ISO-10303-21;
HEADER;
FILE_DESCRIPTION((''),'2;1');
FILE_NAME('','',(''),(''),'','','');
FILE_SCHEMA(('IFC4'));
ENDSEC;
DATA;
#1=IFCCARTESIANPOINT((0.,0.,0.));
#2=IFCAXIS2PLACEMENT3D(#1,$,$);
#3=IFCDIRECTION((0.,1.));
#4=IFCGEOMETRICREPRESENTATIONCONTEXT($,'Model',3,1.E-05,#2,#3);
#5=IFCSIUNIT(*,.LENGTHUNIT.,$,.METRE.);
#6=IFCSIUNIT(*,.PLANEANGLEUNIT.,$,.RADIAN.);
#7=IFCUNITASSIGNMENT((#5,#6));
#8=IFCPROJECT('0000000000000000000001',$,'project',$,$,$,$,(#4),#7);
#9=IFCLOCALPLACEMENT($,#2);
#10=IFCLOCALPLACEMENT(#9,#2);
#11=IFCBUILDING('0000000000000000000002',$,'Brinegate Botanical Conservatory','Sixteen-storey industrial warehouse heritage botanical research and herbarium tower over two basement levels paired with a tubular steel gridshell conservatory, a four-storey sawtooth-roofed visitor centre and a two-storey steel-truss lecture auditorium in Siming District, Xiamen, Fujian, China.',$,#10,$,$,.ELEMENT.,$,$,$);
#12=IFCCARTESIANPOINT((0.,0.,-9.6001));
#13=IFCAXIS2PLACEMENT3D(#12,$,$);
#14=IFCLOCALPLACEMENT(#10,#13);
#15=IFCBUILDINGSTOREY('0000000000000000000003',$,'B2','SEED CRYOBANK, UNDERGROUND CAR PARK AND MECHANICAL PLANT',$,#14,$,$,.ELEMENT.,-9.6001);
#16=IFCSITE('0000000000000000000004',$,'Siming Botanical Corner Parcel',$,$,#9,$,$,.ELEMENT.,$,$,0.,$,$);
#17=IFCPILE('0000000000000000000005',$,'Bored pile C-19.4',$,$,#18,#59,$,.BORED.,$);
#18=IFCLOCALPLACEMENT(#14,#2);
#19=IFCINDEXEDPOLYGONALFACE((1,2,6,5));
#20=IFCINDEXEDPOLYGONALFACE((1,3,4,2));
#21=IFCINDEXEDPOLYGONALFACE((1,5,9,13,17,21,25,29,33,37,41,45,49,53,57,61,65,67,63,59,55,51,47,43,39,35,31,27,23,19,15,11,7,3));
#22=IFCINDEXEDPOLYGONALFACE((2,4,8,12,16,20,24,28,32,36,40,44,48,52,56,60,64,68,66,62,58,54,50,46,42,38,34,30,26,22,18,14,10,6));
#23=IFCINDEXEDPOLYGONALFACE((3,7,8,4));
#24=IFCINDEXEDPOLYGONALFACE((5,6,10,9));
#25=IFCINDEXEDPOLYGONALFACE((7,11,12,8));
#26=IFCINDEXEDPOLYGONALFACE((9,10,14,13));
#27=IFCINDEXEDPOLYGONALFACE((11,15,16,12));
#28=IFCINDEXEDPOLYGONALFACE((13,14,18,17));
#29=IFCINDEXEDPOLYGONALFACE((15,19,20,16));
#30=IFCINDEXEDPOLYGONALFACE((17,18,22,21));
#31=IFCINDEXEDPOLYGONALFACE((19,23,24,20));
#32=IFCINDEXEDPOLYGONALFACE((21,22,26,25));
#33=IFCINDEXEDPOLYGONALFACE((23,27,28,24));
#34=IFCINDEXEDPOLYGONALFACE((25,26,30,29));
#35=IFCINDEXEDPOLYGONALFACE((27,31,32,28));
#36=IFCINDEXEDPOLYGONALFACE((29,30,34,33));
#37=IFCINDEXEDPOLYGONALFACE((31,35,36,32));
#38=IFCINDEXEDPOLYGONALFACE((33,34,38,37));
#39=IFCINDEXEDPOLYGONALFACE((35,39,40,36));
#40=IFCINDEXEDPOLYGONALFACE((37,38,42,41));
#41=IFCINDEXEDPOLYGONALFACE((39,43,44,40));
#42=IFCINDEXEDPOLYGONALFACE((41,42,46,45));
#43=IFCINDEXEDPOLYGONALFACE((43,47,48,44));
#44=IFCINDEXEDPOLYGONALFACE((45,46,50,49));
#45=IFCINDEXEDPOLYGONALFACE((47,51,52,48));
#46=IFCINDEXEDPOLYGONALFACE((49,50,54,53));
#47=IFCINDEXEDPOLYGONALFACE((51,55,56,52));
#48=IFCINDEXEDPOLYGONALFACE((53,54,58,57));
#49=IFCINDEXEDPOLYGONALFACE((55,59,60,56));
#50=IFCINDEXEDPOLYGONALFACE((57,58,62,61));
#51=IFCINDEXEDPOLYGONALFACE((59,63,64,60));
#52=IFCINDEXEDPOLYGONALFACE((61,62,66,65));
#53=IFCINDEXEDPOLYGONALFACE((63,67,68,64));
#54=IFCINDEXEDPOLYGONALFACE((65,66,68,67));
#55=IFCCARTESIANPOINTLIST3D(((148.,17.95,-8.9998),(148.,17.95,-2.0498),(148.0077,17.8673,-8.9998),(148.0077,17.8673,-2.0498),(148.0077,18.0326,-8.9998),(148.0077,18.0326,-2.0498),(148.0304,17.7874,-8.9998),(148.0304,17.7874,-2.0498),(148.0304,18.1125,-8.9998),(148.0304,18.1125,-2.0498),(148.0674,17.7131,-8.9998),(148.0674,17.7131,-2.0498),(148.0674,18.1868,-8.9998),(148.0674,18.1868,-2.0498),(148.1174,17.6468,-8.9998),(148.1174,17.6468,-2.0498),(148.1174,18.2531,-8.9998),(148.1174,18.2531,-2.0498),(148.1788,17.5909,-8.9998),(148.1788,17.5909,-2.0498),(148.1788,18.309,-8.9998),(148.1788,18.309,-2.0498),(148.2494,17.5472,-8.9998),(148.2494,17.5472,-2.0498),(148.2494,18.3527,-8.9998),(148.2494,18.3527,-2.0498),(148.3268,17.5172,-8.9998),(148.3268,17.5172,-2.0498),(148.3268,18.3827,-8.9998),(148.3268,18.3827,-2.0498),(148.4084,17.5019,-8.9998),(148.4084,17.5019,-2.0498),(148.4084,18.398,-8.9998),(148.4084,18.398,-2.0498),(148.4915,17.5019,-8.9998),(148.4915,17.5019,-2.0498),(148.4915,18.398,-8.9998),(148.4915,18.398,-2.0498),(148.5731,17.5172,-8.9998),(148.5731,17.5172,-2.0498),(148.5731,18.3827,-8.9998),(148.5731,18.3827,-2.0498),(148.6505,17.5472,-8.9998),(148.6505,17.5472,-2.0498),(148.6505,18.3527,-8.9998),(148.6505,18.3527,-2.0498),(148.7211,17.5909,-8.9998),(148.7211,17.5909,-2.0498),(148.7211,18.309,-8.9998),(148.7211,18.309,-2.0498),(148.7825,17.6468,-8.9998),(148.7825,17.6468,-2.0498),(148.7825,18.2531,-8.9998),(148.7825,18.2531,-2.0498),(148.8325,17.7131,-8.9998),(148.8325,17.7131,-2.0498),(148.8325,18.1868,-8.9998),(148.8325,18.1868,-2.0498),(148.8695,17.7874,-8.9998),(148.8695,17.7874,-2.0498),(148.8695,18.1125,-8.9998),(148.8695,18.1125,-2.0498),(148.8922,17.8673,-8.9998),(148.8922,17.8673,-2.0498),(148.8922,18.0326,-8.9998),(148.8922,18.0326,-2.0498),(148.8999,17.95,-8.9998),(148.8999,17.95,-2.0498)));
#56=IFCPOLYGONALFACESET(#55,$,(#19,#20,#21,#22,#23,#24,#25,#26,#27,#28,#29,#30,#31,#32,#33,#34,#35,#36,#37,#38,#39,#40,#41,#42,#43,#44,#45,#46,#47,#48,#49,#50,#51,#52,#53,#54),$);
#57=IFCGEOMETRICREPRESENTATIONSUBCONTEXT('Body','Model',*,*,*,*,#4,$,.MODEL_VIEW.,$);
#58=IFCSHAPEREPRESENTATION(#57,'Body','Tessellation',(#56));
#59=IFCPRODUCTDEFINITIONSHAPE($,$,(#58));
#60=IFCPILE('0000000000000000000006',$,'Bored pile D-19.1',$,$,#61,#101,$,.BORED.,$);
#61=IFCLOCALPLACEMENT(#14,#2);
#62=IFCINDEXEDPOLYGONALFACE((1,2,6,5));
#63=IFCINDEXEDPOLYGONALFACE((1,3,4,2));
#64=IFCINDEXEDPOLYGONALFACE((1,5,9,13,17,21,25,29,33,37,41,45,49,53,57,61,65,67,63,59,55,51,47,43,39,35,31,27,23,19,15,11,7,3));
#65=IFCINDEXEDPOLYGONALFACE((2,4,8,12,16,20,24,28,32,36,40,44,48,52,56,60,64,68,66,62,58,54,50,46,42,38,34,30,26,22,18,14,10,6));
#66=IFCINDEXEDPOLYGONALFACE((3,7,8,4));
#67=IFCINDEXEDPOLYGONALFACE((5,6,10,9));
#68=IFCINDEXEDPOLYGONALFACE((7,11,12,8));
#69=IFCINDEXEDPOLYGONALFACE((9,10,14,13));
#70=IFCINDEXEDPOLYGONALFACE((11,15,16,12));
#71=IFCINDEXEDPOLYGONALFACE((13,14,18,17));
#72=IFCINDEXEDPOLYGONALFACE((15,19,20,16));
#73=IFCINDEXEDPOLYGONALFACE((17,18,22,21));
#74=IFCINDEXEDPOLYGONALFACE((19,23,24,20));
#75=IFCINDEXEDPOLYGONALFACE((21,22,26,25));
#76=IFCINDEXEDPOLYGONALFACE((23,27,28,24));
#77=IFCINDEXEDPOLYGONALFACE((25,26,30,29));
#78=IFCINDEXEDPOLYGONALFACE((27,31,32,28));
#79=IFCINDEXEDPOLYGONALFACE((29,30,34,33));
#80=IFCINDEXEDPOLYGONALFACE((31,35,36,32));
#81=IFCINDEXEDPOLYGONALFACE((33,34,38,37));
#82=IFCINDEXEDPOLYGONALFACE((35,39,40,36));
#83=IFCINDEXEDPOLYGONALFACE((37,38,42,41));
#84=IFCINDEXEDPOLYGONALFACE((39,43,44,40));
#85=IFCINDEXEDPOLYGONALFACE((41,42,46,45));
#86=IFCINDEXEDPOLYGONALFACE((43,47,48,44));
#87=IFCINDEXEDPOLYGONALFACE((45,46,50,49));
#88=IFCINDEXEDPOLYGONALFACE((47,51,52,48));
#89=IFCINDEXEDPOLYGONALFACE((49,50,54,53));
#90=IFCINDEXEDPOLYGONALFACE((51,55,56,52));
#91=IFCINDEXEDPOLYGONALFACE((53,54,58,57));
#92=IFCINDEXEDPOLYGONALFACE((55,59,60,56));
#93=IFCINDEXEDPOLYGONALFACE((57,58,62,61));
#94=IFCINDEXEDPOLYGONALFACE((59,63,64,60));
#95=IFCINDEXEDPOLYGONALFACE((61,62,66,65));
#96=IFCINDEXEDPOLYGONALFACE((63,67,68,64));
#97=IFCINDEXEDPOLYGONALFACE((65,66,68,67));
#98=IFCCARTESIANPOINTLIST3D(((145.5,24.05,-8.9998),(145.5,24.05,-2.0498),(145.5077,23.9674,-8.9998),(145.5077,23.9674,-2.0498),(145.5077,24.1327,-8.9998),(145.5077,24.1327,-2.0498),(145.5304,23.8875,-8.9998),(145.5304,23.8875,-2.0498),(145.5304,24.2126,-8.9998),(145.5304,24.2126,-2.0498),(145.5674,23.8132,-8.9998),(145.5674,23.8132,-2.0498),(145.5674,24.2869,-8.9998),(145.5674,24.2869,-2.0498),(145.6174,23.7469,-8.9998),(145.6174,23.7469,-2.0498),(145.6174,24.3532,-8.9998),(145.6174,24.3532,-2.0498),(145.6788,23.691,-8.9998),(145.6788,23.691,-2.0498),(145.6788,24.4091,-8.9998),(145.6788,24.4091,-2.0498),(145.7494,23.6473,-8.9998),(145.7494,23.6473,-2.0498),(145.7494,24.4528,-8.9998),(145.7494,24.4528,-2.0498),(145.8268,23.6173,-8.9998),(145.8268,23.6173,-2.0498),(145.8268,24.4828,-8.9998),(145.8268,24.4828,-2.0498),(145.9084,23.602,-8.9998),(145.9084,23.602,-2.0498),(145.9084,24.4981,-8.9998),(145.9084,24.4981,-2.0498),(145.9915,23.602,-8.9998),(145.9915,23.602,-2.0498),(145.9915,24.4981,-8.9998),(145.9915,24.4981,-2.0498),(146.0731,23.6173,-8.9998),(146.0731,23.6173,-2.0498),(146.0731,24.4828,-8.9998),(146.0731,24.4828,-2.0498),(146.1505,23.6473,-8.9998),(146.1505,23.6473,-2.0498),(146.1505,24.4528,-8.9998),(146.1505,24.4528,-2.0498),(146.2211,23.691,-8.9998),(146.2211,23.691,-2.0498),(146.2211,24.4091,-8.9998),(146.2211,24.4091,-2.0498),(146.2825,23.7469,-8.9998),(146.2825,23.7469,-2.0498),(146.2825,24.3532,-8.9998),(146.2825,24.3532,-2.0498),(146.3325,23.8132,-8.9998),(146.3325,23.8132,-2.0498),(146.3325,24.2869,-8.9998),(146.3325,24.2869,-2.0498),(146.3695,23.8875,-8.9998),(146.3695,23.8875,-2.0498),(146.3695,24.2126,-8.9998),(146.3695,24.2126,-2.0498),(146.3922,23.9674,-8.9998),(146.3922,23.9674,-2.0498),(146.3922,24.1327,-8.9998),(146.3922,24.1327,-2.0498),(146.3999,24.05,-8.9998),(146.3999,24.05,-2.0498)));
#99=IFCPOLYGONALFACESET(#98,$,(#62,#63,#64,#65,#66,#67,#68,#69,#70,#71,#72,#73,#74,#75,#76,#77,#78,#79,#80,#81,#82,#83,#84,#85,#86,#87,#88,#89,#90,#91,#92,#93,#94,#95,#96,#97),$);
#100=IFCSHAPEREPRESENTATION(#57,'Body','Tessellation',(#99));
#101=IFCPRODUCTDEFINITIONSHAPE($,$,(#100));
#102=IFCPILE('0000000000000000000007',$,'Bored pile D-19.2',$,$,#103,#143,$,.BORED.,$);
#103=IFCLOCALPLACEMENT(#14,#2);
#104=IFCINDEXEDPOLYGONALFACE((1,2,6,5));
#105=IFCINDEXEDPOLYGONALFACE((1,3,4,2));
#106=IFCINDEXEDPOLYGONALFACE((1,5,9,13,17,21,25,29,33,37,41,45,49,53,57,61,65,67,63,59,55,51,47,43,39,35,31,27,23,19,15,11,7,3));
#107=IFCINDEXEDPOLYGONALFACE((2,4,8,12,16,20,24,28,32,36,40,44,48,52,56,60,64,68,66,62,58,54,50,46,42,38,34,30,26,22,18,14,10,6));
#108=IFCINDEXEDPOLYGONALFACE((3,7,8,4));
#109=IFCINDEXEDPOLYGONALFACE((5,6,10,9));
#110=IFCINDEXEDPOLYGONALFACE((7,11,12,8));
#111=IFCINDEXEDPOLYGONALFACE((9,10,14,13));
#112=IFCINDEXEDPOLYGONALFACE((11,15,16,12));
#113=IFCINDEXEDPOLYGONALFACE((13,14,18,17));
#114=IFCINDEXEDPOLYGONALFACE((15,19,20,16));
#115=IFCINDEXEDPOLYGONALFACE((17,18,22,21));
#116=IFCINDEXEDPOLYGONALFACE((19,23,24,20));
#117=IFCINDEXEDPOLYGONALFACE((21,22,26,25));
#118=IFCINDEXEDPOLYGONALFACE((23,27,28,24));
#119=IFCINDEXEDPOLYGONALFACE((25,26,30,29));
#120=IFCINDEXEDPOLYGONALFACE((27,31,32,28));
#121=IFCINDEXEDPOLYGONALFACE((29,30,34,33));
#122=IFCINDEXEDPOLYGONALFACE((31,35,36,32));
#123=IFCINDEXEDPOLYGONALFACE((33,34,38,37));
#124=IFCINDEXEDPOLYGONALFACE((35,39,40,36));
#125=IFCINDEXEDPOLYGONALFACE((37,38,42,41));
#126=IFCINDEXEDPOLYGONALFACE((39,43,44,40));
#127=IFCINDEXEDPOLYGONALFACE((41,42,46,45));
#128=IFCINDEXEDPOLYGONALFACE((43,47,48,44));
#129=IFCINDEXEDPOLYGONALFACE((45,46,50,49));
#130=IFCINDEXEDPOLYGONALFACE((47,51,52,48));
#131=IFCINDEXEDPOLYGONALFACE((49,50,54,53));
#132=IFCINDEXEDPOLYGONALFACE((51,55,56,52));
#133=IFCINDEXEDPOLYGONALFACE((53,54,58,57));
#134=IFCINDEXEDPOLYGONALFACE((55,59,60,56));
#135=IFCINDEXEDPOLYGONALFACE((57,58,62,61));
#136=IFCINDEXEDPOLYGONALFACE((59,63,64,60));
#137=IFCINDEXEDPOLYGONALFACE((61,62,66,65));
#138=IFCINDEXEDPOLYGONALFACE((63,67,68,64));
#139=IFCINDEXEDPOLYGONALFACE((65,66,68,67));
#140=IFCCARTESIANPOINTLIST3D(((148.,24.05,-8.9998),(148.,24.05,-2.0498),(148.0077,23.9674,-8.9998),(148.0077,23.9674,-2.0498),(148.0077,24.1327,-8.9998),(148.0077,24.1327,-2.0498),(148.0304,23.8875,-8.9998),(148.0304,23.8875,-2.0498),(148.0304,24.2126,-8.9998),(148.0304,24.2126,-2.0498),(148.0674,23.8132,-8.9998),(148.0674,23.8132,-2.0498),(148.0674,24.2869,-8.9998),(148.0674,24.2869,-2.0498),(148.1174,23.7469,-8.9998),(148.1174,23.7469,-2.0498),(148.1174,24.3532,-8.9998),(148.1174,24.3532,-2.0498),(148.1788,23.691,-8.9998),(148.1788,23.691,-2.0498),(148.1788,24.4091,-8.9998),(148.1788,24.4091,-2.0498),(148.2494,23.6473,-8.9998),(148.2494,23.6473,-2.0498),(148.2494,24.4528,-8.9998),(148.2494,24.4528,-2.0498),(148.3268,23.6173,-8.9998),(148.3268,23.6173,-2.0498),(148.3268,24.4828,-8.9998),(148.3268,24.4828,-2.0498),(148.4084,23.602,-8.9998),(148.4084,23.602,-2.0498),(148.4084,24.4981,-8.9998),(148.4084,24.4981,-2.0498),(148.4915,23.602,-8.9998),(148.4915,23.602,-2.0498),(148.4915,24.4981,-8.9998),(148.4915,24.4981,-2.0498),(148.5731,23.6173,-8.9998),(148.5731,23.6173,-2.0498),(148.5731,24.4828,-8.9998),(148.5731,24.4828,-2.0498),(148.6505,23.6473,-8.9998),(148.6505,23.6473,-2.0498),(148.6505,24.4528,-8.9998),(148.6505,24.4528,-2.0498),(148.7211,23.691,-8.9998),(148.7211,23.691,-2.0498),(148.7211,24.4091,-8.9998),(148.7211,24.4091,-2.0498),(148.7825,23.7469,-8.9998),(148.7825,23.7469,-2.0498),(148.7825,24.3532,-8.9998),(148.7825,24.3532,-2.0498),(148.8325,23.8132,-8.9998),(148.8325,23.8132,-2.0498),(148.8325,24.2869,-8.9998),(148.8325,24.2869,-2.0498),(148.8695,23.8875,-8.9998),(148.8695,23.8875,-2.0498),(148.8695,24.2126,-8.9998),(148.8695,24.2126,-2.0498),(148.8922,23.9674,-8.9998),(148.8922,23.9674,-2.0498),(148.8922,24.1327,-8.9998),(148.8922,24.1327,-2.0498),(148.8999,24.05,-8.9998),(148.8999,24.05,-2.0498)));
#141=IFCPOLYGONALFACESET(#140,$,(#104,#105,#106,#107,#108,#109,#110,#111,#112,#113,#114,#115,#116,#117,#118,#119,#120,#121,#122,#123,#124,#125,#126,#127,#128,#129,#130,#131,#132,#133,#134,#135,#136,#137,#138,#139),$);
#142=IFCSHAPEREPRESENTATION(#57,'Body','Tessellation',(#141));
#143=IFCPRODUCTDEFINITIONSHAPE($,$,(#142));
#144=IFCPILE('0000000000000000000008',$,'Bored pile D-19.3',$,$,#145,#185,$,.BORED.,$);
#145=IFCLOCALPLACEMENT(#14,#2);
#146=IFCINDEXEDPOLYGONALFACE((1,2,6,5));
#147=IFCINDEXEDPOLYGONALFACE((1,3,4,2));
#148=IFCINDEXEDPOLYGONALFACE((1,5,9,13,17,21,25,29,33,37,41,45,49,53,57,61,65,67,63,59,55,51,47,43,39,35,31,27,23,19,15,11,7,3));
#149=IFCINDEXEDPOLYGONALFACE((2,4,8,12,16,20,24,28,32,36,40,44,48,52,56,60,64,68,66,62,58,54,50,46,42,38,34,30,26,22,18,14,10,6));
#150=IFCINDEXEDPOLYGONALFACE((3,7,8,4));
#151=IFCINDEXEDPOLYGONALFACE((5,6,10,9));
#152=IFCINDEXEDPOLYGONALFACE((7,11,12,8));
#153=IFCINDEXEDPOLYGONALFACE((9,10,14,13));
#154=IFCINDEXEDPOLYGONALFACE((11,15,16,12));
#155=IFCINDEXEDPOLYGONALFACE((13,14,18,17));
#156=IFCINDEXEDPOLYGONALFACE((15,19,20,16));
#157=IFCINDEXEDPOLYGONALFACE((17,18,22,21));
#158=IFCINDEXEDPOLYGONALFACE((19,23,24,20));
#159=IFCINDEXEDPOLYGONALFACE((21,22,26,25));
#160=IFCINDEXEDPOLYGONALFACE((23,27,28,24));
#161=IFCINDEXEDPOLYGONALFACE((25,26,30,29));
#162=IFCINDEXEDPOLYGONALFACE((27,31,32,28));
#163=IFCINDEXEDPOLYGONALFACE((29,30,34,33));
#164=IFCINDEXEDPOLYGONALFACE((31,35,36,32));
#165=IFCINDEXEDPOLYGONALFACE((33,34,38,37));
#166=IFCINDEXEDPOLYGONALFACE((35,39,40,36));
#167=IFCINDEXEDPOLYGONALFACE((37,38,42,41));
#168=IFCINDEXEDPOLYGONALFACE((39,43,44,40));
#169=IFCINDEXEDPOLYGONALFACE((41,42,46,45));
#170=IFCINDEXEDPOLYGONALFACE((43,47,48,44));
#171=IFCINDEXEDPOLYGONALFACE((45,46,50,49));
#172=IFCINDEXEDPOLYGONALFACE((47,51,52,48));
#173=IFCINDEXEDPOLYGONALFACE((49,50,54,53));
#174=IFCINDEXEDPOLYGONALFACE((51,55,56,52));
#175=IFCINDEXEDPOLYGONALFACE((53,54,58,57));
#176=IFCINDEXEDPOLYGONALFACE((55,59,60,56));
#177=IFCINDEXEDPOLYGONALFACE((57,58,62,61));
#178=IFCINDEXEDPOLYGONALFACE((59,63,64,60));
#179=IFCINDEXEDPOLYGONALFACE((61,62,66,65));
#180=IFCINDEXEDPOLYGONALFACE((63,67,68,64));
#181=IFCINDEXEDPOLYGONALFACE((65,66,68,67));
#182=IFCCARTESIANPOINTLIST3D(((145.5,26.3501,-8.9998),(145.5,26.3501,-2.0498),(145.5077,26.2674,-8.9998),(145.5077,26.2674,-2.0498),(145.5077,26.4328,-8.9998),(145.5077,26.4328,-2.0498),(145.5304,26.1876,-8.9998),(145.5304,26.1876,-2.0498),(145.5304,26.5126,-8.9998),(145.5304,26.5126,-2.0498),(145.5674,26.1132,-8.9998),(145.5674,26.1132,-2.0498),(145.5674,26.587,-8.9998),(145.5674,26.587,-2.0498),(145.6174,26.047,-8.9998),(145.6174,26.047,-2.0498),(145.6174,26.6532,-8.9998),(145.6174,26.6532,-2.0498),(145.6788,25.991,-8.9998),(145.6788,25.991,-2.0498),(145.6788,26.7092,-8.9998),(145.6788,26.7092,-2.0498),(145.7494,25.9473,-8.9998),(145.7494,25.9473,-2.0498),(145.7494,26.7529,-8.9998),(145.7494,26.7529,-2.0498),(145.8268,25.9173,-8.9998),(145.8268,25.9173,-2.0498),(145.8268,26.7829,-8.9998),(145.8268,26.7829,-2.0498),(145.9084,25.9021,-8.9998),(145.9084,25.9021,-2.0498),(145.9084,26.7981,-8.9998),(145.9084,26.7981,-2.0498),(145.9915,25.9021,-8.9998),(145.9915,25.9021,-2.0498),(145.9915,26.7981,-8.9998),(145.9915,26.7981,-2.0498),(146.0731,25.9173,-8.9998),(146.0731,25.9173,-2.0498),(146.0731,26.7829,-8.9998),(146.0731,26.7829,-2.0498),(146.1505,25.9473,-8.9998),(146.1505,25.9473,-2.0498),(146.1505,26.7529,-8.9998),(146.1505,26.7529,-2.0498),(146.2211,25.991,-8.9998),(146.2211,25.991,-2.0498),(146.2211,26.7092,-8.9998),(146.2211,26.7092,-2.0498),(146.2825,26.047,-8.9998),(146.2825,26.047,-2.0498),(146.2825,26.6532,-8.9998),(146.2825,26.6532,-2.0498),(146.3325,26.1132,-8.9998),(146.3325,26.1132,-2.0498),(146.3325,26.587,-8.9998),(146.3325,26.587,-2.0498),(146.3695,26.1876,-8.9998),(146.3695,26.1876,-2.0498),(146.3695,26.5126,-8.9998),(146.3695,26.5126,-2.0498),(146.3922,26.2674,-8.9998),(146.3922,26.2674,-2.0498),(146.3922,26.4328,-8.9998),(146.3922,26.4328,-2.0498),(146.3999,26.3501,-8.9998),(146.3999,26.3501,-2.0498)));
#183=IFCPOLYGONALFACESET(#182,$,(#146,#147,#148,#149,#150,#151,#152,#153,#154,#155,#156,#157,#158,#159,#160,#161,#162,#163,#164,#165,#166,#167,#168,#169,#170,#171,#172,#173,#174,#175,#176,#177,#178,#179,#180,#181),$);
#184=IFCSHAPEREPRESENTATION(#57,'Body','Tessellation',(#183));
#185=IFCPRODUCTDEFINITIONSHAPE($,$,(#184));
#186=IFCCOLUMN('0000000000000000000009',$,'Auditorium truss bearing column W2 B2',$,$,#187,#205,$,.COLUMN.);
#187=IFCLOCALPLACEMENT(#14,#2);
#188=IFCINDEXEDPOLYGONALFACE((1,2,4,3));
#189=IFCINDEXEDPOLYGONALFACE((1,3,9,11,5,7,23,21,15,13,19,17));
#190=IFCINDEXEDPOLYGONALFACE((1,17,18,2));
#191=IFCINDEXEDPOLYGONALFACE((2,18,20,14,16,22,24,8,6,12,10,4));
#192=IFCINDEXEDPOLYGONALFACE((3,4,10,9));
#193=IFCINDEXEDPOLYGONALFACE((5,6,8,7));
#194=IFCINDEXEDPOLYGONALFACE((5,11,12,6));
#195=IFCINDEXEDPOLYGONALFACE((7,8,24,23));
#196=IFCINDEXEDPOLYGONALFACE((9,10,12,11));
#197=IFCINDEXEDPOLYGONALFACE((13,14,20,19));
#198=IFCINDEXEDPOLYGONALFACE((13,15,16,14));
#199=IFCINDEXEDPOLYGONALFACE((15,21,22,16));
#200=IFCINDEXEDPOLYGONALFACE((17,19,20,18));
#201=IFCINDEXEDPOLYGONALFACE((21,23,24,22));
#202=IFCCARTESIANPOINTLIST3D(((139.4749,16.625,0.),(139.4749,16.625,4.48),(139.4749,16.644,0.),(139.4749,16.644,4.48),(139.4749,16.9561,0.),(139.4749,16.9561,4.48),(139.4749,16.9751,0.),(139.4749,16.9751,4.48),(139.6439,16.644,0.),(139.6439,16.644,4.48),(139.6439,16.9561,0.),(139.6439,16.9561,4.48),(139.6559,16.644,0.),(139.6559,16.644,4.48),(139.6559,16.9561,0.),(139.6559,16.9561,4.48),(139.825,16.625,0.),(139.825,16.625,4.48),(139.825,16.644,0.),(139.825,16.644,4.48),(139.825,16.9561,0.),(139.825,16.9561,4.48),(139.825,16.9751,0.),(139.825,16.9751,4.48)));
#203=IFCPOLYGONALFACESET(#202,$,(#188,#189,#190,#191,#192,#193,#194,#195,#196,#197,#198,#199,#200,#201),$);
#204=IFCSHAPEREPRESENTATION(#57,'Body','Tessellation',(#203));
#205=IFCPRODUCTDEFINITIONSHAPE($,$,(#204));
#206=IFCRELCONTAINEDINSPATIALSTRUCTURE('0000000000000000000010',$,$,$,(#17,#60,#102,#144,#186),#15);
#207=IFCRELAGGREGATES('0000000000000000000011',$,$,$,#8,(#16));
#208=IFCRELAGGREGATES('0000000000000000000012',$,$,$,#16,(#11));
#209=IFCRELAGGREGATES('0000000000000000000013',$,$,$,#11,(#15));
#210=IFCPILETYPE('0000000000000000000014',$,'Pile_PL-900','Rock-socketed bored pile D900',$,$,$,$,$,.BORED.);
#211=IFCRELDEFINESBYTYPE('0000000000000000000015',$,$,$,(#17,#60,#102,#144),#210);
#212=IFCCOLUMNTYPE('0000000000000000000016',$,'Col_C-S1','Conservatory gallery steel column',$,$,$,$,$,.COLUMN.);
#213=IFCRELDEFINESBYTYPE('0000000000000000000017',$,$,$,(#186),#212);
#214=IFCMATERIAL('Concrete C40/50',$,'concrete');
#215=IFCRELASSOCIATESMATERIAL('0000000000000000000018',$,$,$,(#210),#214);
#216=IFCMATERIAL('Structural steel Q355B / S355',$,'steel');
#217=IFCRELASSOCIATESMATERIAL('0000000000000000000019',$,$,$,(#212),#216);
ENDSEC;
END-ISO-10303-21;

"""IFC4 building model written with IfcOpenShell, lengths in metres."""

from ifc_helpers import new_model, si_unit, direction, frame, origin, origin_2d, place, context, subcontext, project, spatial, circle, i_section, extrude, material, material_profile, profile_set, type_object, element, save


model = new_model("IFC4")

# Units and contexts
model_context = context("Model", 3, precision=1e-05, world=origin(), true_north=direction((0.0, 1.0)))
body_context = subcontext(model_context, "Body", "Model", "MODEL_VIEW")
ifc_project = project(units=[si_unit("LENGTHUNIT", "METRE"), si_unit("PLANEANGLEUNIT", "RADIAN")], contexts=[model_context])

# Site, building, storey
site_placement = place(None, origin())
site = spatial("IfcSite", under=ifc_project, at=site_placement, Name="Siming Botanical Corner Parcel", CompositionType="ELEMENT", RefElevation=0.0)
building_placement = place(site_placement, origin())
building = spatial("IfcBuilding", under=site, at=building_placement, Name="Brinegate Botanical Conservatory", Description="Sixteen-storey industrial warehouse heritage botanical research and herbarium tower over two basement levels paired with a tubular steel gridshell conservatory, a four-storey sawtooth-roofed visitor centre and a two-storey steel-truss lecture auditorium in Siming District, Xiamen, Fujian, China.", CompositionType="ELEMENT")
storey_placement = place(building_placement, frame((0.0, 0.0, -9.6001)))
storey = spatial("IfcBuildingStorey", under=building, at=storey_placement, Name="B2", Description="SEED CRYOBANK, UNDERGROUND CAR PARK AND MECHANICAL PLANT", CompositionType="ELEMENT", Elevation=-9.6001)

# Shared definitions
ifc_material_1 = material(Name="Concrete C40/50", Category="concrete")

# Piles
ifc_material_profile_1 = material_profile(ifc_material_1, circle(Radius=0.45, at=origin_2d()), Name="PILE D900")
ifc_profile_set_1 = profile_set([ifc_material_profile_1], Name="Concrete C40/50")
pile_type = type_object("IfcPileType", Name="Pile_PL-900", Description="Rock-socketed bored pile D900", PredefinedType="BORED", material=ifc_profile_set_1)
for number, where, z_axis, x_axis, name in (
    (1, (148.45, 17.95, -2.0498), (0.0, 0.0, -1.0), (1.0, 0.0, 0.0), "Bored pile C-19.4"),
    (2, (145.95, 24.05, -2.0498), (0.0, 0.0, -1.0), (1.0, 0.0, 0.0), "Bored pile D-19.1"),
    (3, (148.45, 24.05, -2.0498), (0.0, 0.0, -1.0), (1.0, 0.0, 0.0), "Bored pile D-19.2"),
    (4, (145.95, 26.3501, -2.0498), (0.0, 0.0, -1.0), (1.0, 0.0, 0.0), "Bored pile D-19.3"),
):
    element("IfcPile", number, at=place(storey_placement, frame(where, z_axis=z_axis, x_axis=x_axis)), inside=storey, type_object=pile_type, Name=name, PredefinedType="BORED", context=body_context, shape_type="SweptSolid", body=[
        extrude(circle(Radius=0.45, at=origin_2d()), origin(), (0.0, 0.0, 1.0), 6.95),
    ])

# Column
ifc_material_2 = material(Name="Structural steel Q355B / S355", Category="steel")
ifc_material_profile_2 = material_profile(ifc_material_2, i_section(OverallWidth=0.3501, OverallDepth=0.3501, WebThickness=0.012, FlangeThickness=0.019, at=origin_2d()), Name="HW 350x350x12x19")
ifc_profile_set_2 = profile_set([ifc_material_profile_2], Name="Structural steel Q355B / S355")
column_type_1 = type_object("IfcColumnType", Name="Col_C-S1", Description="Conservatory gallery steel column", PredefinedType="COLUMN", material=ifc_profile_set_2)
for number, where, z_axis, x_axis, name in (
    (5, (139.6499, 16.8, 0.0), (0.0, 0.0, 1.0), (1.0, 0.0, 0.0), "Auditorium truss bearing column W2 B2"),
):
    element("IfcColumn", number, at=place(storey_placement, frame(where, z_axis=z_axis, x_axis=x_axis)), inside=storey, type_object=column_type_1, Name=name, PredefinedType="COLUMN", context=body_context, shape_type="SweptSolid", body=[
        extrude(i_section(OverallWidth=0.3501, OverallDepth=0.3501, WebThickness=0.012, FlangeThickness=0.019, at=origin_2d()), origin(), (0.0, 0.0, 1.0), 4.48),
    ])

save(model, "model.ifc")
